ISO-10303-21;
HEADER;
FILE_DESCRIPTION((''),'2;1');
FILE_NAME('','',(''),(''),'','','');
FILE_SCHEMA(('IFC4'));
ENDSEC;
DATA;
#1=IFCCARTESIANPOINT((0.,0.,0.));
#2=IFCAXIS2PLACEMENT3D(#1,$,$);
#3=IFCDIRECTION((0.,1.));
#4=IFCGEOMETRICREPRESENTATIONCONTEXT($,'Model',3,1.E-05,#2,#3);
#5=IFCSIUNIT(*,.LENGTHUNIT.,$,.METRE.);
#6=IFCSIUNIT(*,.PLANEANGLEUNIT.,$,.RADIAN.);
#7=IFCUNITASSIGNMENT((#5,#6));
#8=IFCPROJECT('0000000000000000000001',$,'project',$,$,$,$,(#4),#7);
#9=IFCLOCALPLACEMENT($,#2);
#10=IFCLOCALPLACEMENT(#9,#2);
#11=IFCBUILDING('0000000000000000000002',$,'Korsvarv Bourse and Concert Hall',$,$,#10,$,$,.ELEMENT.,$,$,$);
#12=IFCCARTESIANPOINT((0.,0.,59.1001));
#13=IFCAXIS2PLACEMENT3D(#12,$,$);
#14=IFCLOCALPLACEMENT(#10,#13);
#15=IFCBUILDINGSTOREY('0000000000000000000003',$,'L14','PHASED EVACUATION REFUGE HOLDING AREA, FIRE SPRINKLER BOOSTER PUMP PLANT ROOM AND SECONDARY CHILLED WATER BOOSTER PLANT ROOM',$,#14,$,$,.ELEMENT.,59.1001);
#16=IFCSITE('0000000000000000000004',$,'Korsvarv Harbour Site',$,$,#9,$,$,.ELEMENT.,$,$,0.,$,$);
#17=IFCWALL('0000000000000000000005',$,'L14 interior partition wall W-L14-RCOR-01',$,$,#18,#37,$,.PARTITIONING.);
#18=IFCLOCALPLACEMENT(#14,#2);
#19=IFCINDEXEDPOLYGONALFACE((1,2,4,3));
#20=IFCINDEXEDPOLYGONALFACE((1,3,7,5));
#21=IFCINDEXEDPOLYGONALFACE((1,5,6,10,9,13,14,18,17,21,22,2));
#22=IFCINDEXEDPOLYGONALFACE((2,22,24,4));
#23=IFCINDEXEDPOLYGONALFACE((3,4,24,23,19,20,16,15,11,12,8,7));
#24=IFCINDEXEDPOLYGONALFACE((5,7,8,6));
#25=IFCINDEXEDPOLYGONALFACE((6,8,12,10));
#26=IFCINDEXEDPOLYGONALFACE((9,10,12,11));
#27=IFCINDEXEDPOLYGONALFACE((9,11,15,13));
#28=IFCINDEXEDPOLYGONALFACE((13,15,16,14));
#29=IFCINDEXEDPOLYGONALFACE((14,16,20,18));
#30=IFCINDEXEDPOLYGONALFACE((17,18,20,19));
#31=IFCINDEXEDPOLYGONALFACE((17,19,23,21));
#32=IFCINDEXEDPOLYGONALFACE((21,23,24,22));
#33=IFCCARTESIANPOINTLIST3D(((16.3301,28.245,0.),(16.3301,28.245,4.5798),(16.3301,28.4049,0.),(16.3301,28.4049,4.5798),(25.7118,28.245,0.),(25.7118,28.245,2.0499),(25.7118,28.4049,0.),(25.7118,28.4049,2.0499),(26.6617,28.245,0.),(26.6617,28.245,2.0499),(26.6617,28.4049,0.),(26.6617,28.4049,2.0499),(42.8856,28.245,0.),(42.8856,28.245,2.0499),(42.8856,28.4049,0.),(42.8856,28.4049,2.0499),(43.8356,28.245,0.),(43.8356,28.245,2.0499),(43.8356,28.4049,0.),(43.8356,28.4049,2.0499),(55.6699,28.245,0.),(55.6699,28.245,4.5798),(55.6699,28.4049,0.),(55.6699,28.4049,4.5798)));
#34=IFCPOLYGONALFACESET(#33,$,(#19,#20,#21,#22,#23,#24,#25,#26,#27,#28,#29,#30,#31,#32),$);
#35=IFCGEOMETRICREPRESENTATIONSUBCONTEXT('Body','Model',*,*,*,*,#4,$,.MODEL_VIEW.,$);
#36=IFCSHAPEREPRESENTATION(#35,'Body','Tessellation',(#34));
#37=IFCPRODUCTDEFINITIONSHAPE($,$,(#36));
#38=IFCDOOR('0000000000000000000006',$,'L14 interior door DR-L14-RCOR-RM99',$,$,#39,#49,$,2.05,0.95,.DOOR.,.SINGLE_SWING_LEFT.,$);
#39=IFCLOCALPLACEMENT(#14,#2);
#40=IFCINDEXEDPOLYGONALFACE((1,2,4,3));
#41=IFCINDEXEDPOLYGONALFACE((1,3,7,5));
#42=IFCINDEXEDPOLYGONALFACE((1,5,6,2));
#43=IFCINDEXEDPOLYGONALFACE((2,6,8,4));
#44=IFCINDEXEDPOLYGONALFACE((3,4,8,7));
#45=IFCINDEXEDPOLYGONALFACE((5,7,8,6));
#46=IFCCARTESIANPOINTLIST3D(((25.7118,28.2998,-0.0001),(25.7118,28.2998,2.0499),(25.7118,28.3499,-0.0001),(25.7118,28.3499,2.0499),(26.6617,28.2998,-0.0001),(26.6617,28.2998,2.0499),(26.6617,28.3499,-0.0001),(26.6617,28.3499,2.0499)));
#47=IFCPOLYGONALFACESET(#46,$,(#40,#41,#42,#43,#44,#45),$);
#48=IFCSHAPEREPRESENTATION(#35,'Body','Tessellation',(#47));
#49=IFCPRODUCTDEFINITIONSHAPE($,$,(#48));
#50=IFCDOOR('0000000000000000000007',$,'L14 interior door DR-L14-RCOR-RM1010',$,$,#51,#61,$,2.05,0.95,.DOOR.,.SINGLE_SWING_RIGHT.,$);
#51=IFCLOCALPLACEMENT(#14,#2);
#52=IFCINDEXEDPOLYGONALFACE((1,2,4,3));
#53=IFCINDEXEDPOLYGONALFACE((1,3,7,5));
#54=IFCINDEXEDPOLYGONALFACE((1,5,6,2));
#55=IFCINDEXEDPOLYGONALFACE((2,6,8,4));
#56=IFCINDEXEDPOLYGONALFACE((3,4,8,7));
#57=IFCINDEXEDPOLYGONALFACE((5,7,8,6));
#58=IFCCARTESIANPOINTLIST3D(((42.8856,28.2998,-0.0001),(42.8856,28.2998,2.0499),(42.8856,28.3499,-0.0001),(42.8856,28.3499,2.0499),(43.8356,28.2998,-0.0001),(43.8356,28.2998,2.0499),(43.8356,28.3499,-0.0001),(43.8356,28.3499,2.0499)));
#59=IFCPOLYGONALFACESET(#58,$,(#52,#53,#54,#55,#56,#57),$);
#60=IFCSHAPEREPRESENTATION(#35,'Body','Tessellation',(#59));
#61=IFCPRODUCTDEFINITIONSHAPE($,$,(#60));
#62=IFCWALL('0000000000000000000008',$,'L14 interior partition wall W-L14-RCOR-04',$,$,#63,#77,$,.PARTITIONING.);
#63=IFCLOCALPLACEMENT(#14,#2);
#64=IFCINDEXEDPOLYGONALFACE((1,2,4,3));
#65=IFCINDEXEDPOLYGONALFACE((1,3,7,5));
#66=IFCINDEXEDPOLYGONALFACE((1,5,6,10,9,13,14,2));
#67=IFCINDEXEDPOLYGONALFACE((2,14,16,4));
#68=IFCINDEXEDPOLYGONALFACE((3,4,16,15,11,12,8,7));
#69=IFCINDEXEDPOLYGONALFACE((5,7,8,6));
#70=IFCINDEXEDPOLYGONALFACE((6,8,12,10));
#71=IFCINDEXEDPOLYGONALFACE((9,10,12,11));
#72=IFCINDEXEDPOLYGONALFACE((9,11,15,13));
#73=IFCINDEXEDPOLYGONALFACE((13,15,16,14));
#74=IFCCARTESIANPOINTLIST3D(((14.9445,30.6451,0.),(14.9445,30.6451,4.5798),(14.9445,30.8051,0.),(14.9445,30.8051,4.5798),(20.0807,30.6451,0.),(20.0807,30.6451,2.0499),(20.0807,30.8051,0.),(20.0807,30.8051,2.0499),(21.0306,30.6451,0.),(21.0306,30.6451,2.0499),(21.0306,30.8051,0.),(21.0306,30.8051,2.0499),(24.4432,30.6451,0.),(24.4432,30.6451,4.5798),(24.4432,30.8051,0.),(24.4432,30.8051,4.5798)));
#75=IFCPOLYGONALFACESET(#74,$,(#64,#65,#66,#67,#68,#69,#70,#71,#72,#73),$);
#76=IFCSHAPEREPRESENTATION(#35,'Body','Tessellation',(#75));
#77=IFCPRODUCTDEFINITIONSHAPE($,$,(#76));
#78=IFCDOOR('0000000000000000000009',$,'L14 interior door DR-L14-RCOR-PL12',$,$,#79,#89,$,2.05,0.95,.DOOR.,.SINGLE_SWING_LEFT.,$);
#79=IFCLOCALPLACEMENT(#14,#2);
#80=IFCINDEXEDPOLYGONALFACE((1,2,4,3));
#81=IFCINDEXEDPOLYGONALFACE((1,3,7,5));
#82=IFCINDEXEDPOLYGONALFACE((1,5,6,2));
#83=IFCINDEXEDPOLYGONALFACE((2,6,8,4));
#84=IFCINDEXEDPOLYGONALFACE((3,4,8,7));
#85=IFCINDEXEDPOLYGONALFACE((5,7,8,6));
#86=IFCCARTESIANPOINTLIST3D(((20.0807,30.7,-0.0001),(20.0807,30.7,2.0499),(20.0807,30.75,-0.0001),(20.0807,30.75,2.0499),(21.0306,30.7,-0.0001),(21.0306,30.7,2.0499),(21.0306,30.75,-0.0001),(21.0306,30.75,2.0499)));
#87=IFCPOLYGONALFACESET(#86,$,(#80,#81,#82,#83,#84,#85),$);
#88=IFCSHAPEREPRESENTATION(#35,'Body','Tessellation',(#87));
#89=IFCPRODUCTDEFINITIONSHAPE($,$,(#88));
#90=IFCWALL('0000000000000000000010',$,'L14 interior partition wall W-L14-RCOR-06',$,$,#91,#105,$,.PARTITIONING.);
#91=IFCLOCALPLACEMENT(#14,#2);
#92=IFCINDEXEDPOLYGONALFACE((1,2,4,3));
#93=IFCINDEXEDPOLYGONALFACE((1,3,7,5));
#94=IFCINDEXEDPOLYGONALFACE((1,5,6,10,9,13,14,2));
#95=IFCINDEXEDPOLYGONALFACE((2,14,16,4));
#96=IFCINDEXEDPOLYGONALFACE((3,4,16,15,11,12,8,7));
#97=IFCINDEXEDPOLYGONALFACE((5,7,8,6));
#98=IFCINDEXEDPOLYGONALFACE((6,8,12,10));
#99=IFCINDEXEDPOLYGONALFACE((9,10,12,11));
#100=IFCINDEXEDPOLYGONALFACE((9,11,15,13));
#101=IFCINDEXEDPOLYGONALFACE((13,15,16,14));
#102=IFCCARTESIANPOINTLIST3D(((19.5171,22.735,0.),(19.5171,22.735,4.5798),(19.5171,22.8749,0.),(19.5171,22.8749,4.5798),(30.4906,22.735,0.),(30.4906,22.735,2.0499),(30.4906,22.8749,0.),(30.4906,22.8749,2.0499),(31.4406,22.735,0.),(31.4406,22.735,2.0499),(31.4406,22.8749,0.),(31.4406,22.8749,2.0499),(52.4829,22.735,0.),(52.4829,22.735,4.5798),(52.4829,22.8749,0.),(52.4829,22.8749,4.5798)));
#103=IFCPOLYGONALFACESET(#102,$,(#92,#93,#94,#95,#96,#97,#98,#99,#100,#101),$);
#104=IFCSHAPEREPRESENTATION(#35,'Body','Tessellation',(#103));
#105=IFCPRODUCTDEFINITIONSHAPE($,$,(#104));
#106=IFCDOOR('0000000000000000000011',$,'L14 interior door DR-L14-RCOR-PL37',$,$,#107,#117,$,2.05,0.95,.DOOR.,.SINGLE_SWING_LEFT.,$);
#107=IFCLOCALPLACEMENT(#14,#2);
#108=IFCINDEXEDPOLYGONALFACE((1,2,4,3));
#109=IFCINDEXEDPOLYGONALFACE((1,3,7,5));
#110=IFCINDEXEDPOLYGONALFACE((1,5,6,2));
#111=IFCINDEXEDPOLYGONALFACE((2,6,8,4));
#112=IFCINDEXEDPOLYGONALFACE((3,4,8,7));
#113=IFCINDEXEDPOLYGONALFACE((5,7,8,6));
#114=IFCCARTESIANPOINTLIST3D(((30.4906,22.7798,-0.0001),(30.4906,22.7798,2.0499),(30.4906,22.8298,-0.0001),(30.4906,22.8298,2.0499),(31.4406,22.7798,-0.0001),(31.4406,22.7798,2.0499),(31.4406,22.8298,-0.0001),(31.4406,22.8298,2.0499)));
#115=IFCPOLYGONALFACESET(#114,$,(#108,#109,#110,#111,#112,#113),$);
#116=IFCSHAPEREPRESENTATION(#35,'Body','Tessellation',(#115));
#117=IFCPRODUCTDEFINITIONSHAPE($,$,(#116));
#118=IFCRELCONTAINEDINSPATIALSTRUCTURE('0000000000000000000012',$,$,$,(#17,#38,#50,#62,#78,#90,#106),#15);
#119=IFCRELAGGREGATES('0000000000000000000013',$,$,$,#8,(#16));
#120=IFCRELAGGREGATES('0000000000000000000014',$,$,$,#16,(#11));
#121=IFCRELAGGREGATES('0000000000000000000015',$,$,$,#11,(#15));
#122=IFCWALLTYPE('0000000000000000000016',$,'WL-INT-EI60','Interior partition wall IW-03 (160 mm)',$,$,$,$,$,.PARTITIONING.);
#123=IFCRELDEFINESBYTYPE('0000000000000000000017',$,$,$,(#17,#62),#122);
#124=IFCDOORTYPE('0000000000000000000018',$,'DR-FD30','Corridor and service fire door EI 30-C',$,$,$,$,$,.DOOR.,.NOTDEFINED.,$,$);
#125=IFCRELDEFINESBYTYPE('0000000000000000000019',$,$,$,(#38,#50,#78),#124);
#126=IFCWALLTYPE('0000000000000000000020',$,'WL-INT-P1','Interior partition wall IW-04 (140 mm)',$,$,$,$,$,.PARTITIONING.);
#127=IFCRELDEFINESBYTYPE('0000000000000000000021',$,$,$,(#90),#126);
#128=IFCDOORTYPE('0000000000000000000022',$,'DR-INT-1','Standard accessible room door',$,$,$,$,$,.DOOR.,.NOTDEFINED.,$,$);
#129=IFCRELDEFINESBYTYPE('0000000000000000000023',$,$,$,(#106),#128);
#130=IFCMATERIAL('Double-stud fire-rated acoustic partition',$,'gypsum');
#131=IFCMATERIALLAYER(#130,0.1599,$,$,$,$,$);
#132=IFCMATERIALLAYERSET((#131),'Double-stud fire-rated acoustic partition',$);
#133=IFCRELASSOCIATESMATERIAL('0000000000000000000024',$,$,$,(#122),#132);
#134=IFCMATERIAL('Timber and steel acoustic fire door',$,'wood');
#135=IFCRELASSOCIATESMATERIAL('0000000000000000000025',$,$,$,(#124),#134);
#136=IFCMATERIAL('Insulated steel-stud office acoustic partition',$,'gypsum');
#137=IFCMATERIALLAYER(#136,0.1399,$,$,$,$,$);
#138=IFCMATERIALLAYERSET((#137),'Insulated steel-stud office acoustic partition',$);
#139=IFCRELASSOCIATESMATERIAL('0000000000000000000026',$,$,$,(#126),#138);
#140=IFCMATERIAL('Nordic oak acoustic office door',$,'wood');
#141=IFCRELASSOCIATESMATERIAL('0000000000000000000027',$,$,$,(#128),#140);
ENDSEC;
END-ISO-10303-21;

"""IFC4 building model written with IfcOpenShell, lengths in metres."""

from ifc_helpers import new_model, si_unit, direction, frame, frame_2d, origin, place, context, subcontext, project, spatial, rectangle, extrude, material, layer, layer_set, type_object, element, fill, save


model = new_model("IFC4")

# Units and contexts
model_context = context("Model", 3, precision=1e-05, world=origin(), true_north=direction((0.0, 1.0)))
body_context = subcontext(model_context, "Body", "Model", "MODEL_VIEW")
ifc_project = project(units=[si_unit("LENGTHUNIT", "METRE"), si_unit("PLANEANGLEUNIT", "RADIAN")], contexts=[model_context])

# Site, building, storey
site_placement = place(None, origin())
site = spatial("IfcSite", under=ifc_project, at=site_placement, Name="Korsvarv Harbour Site", CompositionType="ELEMENT", RefElevation=0.0)
building_placement = place(site_placement, origin())
building = spatial("IfcBuilding", under=site, at=building_placement, Name="Korsvarv Bourse and Concert Hall", CompositionType="ELEMENT")
storey_placement = place(building_placement, frame((0.0, 0.0, 59.1001)))
storey = spatial("IfcBuildingStorey", under=building, at=storey_placement, Name="L14", Description="PHASED EVACUATION REFUGE HOLDING AREA, FIRE SPRINKLER BOOSTER PUMP PLANT ROOM AND SECONDARY CHILLED WATER BOOSTER PLANT ROOM", CompositionType="ELEMENT", Elevation=59.1001)

# Wall, openings, doors
ifc_material_1 = material(Name="Double-stud fire-rated acoustic partition", Category="gypsum")
ifc_layer_1 = layer(ifc_material_1, 0.1599)
ifc_layer_set_1 = layer_set([ifc_layer_1], Name="Double-stud fire-rated acoustic partition")
wall_type_1 = type_object("IfcWallType", Name="WL-INT-EI60", Description="Interior partition wall IW-03 (160 mm)", PredefinedType="PARTITIONING", material=ifc_layer_set_1)
wall_1_placement = place(storey_placement, frame((16.3301, 28.325, 0.0), z_axis=(0.0, 0.0, 1.0), x_axis=(1.0, 0.0, 0.0)))
wall_1 = element("IfcWall", 1, at=wall_1_placement, inside=storey, type_object=wall_type_1, Name="L14 interior partition wall W-L14-RCOR-01", PredefinedType="PARTITIONING", context=body_context, shape_type="SweptSolid", body=[
    extrude(rectangle(XDim=39.3398, YDim=0.1599, at=frame_2d((19.6699, 0.0))), origin(), (0.0, 0.0, 1.0), 4.5798),
])
opening_1_placement = place(wall_1_placement, frame((9.3816, 0.0, 0.0)))
opening_1 = element("IfcOpeningElement", 2, at=opening_1_placement, cuts=wall_1, PredefinedType="OPENING", context=body_context, shape_type="SweptSolid", body=[
    extrude(rectangle(XDim=0.95, YDim=2.05, at=frame_2d((0.4751, 1.0249))), frame((0.0, 0.0898, 0.0), z_axis=(0.0, -1.0, 0.0), x_axis=(1.0, 0.0, 0.0)), (0.0, 0.0, 1.0), 0.1799),
])
opening_2_placement = place(wall_1_placement, frame((26.5554, 0.0, 0.0)))
opening_2 = element("IfcOpeningElement", 3, at=opening_2_placement, cuts=wall_1, PredefinedType="OPENING", context=body_context, shape_type="SweptSolid", body=[
    extrude(rectangle(XDim=0.95, YDim=2.05, at=frame_2d((0.4751, 1.0249))), frame((0.0, 0.0898, 0.0), z_axis=(0.0, -1.0, 0.0), x_axis=(1.0, 0.0, 0.0)), (0.0, 0.0, 1.0), 0.1799),
])
ifc_material_2 = material(Name="Timber and steel acoustic fire door", Category="wood")
door_type_1 = type_object("IfcDoorType", Name="DR-FD30", Description="Corridor and service fire door EI 30-C", OperationType="NOTDEFINED", PredefinedType="DOOR", material=ifc_material_2)
door_1_placement = place(opening_1_placement, origin())
door_1 = element("IfcDoor", 4, at=door_1_placement, inside=storey, type_object=door_type_1, Name="L14 interior door DR-L14-RCOR-RM99", OperationType="SINGLE_SWING_LEFT", OverallHeight=2.05, OverallWidth=0.95, PredefinedType="DOOR", context=body_context, shape_type="SweptSolid", body=[
    extrude(rectangle(XDim=0.95, YDim=2.05, at=frame_2d((0.4751, 1.0249))), frame((0.0, 0.0249, 0.0), z_axis=(0.0, -1.0, 0.0), x_axis=(1.0, 0.0, 0.0)), (0.0, 0.0, 1.0), 0.05),
])
fill(opening_1, door_1)
door_2_placement = place(opening_2_placement, origin())
door_2 = element("IfcDoor", 5, at=door_2_placement, inside=storey, type_object=door_type_1, Name="L14 interior door DR-L14-RCOR-RM1010", OperationType="SINGLE_SWING_RIGHT", OverallHeight=2.05, OverallWidth=0.95, PredefinedType="DOOR", context=body_context, shape_type="SweptSolid", body=[
    extrude(rectangle(XDim=0.95, YDim=2.05, at=frame_2d((0.4751, 1.0249))), frame((0.0, 0.0249, 0.0), z_axis=(0.0, -1.0, 0.0), x_axis=(1.0, 0.0, 0.0)), (0.0, 0.0, 1.0), 0.05),
])
fill(opening_2, door_2)

# Walls, openings, doors
wall_2_placement = place(storey_placement, frame((14.9443, 30.7251, 0.0), z_axis=(0.0, 0.0, 1.0), x_axis=(1.0, 0.0, 0.0)))
wall_2 = element("IfcWall", 6, at=wall_2_placement, inside=storey, type_object=wall_type_1, Name="L14 interior partition wall W-L14-RCOR-04", PredefinedType="PARTITIONING", context=body_context, shape_type="SweptSolid", body=[
    extrude(rectangle(XDim=9.4988, YDim=0.1599, at=frame_2d((4.7495, 0.0))), origin(), (0.0, 0.0, 1.0), 4.5798),
])
opening_3_placement = place(wall_2_placement, frame((5.1362, 0.0, 0.0)))
opening_3 = element("IfcOpeningElement", 7, at=opening_3_placement, cuts=wall_2, PredefinedType="OPENING", context=body_context, shape_type="SweptSolid", body=[
    extrude(rectangle(XDim=0.95, YDim=2.05, at=frame_2d((0.4751, 1.0249))), frame((0.0, 0.0898, 0.0), z_axis=(0.0, -1.0, 0.0), x_axis=(1.0, 0.0, 0.0)), (0.0, 0.0, 1.0), 0.1799),
])
door_3_placement = place(opening_3_placement, origin())
door_3 = element("IfcDoor", 8, at=door_3_placement, inside=storey, type_object=door_type_1, Name="L14 interior door DR-L14-RCOR-PL12", OperationType="SINGLE_SWING_LEFT", OverallHeight=2.05, OverallWidth=0.95, PredefinedType="DOOR", context=body_context, shape_type="SweptSolid", body=[
    extrude(rectangle(XDim=0.95, YDim=2.05, at=frame_2d((0.4751, 1.0249))), frame((0.0, 0.0249, 0.0), z_axis=(0.0, -1.0, 0.0), x_axis=(1.0, 0.0, 0.0)), (0.0, 0.0, 1.0), 0.05),
])
fill(opening_3, door_3)
ifc_material_3 = material(Name="Insulated steel-stud office acoustic partition", Category="gypsum")
ifc_layer_2 = layer(ifc_material_3, 0.1399)
ifc_layer_set_2 = layer_set([ifc_layer_2], Name="Insulated steel-stud office acoustic partition")
wall_type_2 = type_object("IfcWallType", Name="WL-INT-P1", Description="Interior partition wall IW-04 (140 mm)", PredefinedType="PARTITIONING", material=ifc_layer_set_2)
wall_3_placement = place(storey_placement, frame((19.5171, 22.8049, 0.0), z_axis=(0.0, 0.0, 1.0), x_axis=(1.0, 0.0, 0.0)))
wall_3 = element("IfcWall", 9, at=wall_3_placement, inside=storey, type_object=wall_type_2, Name="L14 interior partition wall W-L14-RCOR-06", PredefinedType="PARTITIONING", context=body_context, shape_type="SweptSolid", body=[
    extrude(rectangle(XDim=32.9658, YDim=0.1399, at=frame_2d((16.4829, 0.0))), origin(), (0.0, 0.0, 1.0), 4.5798),
])
opening_4_placement = place(wall_3_placement, frame((10.9734, 0.0, 0.0)))
opening_4 = element("IfcOpeningElement", 10, at=opening_4_placement, cuts=wall_3, PredefinedType="OPENING", context=body_context, shape_type="SweptSolid", body=[
    extrude(rectangle(XDim=0.95, YDim=2.05, at=frame_2d((0.4751, 1.0249))), frame((0.0, 0.0801, 0.0), z_axis=(0.0, -1.0, 0.0), x_axis=(1.0, 0.0, 0.0)), (0.0, 0.0, 1.0), 0.1599),
])
ifc_material_4 = material(Name="Nordic oak acoustic office door", Category="wood")
door_type_2 = type_object("IfcDoorType", Name="DR-INT-1", Description="Standard accessible room door", OperationType="NOTDEFINED", PredefinedType="DOOR", material=ifc_material_4)
door_4_placement = place(opening_4_placement, origin())
door_4 = element("IfcDoor", 11, at=door_4_placement, inside=storey, type_object=door_type_2, Name="L14 interior door DR-L14-RCOR-PL37", OperationType="SINGLE_SWING_LEFT", OverallHeight=2.05, OverallWidth=0.95, PredefinedType="DOOR", context=body_context, shape_type="SweptSolid", body=[
    extrude(rectangle(XDim=0.95, YDim=2.05, at=frame_2d((0.4751, 1.0249))), frame((0.0, 0.0249, 0.0), z_axis=(0.0, -1.0, 0.0), x_axis=(1.0, 0.0, 0.0)), (0.0, 0.0, 1.0), 0.05),
])
fill(opening_4, door_4)

save(model, "model.ifc")
